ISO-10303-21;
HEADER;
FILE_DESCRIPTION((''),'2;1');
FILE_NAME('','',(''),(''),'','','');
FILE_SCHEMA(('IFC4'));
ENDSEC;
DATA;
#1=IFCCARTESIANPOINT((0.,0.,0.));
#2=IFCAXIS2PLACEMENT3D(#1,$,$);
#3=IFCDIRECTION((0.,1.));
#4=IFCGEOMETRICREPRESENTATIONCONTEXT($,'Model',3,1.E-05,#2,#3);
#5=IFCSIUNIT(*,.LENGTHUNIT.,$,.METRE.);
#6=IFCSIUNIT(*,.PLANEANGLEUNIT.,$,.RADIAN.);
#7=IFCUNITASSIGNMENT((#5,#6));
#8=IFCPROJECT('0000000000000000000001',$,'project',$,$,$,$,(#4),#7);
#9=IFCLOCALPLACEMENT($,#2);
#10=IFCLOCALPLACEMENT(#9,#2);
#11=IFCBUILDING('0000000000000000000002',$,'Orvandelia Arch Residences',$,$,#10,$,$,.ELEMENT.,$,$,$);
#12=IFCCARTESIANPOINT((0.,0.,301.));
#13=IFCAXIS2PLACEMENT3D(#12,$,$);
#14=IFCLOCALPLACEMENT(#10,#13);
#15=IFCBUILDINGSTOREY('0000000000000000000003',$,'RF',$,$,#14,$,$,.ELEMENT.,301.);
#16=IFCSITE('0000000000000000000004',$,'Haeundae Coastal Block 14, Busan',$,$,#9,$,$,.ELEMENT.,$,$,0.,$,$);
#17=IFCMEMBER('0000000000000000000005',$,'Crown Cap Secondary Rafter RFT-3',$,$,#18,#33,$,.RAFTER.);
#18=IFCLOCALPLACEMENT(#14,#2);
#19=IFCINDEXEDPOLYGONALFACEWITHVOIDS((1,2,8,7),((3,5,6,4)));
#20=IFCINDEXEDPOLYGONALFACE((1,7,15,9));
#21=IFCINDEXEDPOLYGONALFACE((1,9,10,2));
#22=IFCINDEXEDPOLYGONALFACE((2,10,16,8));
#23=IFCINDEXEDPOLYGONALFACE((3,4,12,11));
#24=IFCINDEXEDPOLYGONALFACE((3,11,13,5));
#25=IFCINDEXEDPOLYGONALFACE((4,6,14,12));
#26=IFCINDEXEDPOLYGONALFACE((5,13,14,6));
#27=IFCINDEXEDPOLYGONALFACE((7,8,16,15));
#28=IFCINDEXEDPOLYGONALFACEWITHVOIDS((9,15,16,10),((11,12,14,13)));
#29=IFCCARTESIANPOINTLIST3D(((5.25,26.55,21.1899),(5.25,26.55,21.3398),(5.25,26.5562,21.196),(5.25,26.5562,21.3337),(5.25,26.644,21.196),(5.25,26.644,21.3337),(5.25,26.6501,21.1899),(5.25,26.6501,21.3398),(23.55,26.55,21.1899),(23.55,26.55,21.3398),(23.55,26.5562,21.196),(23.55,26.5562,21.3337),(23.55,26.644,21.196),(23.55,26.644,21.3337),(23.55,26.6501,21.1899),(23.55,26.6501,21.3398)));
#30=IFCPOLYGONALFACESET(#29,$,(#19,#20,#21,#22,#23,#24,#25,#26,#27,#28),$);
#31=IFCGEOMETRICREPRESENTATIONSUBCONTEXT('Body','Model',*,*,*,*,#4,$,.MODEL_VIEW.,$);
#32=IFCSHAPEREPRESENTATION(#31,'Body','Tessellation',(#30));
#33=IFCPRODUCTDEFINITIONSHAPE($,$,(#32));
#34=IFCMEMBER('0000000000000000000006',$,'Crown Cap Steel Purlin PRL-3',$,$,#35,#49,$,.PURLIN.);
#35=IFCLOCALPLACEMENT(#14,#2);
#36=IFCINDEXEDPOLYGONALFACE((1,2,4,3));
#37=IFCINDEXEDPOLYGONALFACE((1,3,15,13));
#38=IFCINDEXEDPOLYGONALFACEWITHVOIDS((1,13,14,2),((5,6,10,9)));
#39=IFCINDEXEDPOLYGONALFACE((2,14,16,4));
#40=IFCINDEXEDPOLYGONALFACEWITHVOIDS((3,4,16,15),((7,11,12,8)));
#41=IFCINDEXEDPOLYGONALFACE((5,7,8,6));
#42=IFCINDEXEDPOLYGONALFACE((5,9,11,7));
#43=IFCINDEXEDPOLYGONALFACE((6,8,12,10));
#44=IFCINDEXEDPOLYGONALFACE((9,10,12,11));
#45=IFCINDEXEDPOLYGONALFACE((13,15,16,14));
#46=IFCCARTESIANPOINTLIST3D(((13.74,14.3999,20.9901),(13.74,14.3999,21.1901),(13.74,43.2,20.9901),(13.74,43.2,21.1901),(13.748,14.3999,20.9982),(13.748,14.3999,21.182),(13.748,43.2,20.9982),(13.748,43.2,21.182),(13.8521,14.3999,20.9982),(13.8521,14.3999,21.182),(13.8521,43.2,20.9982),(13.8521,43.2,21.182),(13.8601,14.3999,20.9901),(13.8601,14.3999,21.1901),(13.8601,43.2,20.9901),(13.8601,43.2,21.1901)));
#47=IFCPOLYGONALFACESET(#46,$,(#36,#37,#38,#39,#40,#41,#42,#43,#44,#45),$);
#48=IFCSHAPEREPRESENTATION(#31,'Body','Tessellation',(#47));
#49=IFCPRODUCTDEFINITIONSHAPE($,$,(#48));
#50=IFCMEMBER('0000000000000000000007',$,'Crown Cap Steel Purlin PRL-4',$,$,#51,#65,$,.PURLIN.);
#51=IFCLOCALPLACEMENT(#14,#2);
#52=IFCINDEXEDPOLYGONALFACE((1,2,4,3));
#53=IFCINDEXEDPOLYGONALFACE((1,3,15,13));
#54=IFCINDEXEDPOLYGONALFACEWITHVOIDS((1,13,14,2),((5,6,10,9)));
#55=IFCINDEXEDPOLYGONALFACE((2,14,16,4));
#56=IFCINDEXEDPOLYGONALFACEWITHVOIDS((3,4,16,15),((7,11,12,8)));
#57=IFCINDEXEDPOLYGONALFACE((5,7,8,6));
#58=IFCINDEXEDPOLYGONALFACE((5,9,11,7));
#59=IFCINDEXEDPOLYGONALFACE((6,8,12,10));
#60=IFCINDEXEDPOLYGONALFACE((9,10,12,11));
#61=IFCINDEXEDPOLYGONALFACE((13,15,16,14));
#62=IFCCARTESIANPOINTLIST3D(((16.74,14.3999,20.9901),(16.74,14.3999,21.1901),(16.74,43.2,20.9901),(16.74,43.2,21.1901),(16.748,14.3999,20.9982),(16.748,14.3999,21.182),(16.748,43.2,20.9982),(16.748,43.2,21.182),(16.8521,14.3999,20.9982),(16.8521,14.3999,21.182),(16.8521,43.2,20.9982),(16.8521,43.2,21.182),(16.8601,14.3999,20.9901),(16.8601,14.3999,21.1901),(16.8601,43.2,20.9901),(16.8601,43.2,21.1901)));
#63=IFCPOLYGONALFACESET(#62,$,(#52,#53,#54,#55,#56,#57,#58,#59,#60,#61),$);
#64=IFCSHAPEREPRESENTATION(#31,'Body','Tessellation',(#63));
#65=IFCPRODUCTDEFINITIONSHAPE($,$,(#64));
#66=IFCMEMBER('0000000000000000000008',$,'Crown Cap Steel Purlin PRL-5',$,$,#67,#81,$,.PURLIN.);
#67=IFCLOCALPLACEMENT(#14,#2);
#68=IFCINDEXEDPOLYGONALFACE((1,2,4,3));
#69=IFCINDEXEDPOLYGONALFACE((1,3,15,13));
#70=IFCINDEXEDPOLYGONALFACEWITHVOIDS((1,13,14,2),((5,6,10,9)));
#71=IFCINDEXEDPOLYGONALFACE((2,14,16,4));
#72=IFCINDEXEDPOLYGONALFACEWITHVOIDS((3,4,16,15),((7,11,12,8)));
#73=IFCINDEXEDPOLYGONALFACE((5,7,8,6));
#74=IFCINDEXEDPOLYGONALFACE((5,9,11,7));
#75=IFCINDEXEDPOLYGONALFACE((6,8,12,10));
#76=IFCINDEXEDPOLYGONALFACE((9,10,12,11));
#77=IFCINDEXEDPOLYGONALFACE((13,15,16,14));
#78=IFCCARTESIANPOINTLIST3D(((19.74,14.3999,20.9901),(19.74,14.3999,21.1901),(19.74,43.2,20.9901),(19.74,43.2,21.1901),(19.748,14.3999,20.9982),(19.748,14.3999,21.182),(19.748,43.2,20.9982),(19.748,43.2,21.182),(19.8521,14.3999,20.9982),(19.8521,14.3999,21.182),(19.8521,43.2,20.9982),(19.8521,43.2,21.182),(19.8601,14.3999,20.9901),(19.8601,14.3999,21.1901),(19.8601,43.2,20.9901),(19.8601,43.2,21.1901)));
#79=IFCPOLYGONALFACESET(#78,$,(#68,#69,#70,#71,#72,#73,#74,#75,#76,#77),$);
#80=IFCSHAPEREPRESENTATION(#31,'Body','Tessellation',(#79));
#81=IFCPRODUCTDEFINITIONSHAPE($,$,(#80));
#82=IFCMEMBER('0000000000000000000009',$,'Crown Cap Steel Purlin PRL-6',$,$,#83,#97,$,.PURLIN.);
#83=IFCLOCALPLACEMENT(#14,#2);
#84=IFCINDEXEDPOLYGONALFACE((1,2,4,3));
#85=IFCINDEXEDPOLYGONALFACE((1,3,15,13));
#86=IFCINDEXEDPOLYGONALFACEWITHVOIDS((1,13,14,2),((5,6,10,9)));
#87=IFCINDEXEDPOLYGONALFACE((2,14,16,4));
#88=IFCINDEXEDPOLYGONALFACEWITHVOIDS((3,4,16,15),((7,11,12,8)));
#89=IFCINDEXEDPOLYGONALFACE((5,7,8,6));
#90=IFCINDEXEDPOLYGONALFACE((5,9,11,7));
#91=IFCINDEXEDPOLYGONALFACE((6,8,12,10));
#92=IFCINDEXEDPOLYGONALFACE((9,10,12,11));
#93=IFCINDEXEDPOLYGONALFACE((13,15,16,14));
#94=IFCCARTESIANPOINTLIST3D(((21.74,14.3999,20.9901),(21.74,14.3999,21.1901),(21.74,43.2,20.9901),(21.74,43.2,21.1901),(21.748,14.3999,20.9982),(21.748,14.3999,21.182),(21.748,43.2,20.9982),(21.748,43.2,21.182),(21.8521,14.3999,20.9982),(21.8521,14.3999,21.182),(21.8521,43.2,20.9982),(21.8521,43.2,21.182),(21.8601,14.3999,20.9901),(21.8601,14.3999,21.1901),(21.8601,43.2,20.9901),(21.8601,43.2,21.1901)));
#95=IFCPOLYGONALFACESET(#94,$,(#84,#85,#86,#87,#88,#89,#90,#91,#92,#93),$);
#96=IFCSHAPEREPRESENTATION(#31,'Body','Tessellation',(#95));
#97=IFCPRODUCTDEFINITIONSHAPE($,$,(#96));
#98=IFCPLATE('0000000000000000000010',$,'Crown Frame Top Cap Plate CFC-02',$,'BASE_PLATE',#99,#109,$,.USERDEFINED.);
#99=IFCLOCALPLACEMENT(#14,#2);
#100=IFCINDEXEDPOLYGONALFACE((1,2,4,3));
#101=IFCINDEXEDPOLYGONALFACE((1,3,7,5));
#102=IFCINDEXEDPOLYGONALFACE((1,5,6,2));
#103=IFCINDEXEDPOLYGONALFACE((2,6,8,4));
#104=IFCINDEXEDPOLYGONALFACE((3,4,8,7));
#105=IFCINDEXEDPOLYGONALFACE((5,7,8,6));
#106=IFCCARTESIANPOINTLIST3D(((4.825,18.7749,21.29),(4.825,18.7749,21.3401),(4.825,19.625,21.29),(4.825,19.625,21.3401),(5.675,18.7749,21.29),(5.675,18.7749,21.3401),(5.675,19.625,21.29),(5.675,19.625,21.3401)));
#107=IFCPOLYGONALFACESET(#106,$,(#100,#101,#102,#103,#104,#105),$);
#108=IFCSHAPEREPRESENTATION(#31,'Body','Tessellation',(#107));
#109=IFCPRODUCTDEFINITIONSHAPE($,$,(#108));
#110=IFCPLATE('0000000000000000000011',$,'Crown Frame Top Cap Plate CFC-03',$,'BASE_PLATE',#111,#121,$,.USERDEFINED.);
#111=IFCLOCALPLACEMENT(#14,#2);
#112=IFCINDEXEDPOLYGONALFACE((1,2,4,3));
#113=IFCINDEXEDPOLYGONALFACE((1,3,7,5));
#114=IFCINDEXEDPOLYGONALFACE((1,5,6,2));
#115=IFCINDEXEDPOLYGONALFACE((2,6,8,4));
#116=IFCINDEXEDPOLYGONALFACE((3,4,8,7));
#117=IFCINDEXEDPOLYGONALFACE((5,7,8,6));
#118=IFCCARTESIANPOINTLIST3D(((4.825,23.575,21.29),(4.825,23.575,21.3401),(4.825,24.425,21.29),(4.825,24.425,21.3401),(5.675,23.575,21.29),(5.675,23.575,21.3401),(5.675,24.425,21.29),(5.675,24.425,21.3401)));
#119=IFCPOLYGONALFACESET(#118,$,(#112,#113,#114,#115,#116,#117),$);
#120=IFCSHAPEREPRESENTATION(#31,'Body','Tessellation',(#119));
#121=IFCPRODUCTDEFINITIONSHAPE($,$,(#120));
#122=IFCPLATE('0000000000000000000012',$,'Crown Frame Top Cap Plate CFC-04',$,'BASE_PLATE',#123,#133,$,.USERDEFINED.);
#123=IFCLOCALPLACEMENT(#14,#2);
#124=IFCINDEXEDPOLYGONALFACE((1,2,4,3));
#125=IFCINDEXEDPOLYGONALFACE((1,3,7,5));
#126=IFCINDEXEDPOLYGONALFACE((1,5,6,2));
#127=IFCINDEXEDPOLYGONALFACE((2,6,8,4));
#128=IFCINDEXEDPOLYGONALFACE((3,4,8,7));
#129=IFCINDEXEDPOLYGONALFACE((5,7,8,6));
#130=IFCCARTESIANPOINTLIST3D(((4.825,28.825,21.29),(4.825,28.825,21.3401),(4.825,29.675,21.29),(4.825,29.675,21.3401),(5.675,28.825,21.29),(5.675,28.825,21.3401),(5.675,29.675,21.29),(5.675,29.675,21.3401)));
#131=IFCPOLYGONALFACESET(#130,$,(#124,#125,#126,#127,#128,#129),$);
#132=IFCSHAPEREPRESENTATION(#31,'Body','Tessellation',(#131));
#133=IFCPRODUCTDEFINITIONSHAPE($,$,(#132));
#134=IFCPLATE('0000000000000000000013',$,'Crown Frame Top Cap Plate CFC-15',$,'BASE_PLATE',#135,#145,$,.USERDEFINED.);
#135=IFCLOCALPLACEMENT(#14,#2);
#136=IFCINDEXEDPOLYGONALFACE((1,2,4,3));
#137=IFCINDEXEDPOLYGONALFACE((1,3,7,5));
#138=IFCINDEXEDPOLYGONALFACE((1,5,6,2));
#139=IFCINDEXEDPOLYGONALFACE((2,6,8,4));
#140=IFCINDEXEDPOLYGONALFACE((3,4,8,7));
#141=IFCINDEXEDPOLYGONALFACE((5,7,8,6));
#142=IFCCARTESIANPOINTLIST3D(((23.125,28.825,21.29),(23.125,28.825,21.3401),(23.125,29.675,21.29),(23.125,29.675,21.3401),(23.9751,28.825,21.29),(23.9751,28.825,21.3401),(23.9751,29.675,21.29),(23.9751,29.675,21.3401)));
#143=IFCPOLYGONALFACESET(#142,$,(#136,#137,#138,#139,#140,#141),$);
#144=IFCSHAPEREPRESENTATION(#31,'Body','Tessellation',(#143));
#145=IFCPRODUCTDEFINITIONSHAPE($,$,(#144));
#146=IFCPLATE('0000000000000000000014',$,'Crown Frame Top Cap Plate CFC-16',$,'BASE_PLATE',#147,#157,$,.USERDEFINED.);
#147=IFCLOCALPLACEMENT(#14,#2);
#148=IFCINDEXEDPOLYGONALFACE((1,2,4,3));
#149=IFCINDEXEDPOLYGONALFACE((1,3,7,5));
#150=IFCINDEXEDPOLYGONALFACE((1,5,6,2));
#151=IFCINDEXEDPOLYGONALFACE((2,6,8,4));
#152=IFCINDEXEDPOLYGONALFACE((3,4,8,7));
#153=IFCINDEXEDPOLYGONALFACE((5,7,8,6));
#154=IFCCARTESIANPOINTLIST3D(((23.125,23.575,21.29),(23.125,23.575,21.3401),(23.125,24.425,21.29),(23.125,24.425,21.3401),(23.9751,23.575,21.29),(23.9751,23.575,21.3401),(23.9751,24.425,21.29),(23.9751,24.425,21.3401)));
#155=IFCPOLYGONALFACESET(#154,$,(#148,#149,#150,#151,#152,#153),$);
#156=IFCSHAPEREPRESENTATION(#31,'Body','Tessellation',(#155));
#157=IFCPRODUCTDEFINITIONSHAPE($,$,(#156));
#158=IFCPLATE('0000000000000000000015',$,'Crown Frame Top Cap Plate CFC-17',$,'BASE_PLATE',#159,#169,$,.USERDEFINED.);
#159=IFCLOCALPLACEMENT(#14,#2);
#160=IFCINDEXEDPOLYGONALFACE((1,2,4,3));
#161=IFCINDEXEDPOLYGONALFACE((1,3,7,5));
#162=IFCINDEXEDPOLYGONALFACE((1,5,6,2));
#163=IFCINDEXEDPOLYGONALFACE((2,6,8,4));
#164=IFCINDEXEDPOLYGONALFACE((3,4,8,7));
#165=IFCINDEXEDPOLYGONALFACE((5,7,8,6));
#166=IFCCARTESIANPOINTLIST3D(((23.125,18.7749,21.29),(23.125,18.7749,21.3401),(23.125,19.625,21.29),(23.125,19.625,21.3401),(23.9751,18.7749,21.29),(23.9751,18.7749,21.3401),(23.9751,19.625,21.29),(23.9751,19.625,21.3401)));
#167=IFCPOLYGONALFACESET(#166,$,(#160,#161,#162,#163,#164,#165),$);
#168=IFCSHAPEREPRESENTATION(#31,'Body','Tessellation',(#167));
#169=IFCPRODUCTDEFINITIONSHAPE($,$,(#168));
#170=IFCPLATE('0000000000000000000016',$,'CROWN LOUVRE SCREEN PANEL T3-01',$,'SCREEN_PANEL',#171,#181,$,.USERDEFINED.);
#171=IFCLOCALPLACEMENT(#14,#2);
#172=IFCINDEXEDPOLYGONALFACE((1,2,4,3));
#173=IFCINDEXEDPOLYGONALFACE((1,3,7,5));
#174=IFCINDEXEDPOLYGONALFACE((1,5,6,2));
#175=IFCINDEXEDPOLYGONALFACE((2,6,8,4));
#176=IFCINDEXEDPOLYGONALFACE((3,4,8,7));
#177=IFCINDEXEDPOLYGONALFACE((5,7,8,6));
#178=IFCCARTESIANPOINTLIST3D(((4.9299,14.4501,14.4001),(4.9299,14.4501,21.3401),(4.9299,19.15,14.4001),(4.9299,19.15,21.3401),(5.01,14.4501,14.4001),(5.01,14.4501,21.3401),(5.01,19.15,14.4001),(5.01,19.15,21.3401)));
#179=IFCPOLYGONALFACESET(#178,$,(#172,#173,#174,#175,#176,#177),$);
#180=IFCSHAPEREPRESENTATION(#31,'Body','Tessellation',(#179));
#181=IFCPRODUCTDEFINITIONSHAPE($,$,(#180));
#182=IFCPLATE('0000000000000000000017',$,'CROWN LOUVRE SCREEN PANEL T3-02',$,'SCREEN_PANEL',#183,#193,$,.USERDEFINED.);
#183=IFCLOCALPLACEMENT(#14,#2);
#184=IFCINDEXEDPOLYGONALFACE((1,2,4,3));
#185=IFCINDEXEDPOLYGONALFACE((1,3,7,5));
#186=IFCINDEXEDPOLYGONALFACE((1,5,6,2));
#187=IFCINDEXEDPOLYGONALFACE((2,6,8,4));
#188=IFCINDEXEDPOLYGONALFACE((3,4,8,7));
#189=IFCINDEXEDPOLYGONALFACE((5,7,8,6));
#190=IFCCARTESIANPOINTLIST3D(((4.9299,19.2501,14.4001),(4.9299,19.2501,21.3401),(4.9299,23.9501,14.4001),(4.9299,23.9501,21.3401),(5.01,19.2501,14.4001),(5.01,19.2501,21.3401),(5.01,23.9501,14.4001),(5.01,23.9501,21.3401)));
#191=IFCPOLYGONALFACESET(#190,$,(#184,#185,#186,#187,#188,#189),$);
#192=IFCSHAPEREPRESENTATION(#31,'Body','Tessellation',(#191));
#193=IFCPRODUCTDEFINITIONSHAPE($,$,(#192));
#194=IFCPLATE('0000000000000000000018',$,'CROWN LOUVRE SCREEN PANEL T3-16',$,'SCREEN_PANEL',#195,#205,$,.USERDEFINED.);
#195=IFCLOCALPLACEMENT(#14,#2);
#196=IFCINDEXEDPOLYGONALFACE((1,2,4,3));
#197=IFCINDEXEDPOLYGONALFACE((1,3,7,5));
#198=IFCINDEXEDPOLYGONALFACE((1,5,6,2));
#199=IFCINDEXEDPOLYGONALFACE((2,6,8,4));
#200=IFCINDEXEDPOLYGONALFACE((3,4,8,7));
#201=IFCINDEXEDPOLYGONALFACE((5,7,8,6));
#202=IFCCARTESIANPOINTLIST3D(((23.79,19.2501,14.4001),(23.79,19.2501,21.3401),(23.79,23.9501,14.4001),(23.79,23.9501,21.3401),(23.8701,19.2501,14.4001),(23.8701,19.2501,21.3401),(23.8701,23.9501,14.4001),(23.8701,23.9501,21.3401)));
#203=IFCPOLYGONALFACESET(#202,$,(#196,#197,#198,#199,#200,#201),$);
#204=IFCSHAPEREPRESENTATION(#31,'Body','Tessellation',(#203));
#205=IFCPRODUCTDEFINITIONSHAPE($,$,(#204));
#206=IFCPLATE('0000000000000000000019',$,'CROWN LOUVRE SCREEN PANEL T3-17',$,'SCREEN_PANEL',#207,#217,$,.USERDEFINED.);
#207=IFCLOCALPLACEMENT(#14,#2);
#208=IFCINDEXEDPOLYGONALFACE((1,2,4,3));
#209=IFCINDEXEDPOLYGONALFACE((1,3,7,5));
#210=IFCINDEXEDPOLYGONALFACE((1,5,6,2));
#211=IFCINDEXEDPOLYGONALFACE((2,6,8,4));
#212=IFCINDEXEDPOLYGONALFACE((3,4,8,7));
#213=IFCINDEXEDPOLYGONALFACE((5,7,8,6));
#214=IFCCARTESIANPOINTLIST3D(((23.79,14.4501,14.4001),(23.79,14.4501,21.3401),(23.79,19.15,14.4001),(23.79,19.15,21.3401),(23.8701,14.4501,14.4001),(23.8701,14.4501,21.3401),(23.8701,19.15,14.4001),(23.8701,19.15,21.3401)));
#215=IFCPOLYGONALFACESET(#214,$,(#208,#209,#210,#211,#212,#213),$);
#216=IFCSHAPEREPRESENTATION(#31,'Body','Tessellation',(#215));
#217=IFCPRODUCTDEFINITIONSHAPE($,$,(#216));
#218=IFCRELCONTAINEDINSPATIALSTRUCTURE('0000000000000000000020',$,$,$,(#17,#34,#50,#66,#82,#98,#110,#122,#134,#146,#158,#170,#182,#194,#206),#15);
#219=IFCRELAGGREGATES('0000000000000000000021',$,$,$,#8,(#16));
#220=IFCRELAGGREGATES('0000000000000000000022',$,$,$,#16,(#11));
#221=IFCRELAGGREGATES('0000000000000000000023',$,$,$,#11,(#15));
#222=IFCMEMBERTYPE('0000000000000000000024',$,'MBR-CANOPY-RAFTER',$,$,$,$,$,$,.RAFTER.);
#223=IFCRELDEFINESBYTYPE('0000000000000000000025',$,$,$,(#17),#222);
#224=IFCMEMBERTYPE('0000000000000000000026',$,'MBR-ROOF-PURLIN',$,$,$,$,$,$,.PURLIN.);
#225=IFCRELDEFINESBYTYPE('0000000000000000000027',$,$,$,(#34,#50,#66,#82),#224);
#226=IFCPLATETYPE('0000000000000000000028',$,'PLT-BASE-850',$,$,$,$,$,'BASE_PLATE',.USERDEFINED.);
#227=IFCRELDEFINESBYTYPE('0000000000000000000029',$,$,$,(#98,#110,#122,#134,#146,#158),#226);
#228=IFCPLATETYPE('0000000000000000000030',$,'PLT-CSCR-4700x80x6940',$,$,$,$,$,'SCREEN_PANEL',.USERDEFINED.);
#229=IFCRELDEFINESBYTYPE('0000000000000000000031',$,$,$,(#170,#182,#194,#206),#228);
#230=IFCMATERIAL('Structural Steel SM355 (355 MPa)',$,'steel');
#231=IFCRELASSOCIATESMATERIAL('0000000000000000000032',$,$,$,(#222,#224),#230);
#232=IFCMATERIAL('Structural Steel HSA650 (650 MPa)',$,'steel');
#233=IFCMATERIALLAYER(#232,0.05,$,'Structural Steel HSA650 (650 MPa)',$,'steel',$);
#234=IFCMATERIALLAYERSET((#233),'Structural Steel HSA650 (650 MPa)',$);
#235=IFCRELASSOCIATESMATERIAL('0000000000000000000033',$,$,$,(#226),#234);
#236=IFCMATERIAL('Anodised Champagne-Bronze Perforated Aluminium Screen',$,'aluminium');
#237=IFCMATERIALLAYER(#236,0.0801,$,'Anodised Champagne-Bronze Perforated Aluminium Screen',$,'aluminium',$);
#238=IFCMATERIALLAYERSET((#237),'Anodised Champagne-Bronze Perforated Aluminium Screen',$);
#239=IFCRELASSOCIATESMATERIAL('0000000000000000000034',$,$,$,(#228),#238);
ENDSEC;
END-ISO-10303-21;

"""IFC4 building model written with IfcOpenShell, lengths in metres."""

from ifc_helpers import new_model, si_unit, direction, frame, origin, origin_2d, place, context, subcontext, project, spatial, rectangle, hollow_rectangle, extrude, material, layer, layer_set, material_profile, profile_set, type_object, element, save


model = new_model("IFC4")

# Units and contexts
model_context = context("Model", 3, precision=1e-05, world=origin(), true_north=direction((0.0, 1.0)))
body_context = subcontext(model_context, "Body", "Model", "MODEL_VIEW")
ifc_project = project(units=[si_unit("LENGTHUNIT", "METRE"), si_unit("PLANEANGLEUNIT", "RADIAN")], contexts=[model_context])

# Site, building, storey
site_placement = place(None, origin())
site = spatial("IfcSite", under=ifc_project, at=site_placement, Name="Haeundae Coastal Block 14, Busan", CompositionType="ELEMENT", RefElevation=0.0)
building_placement = place(site_placement, origin())
building = spatial("IfcBuilding", under=site, at=building_placement, Name="Orvandelia Arch Residences", CompositionType="ELEMENT")
storey_placement = place(building_placement, frame((0.0, 0.0, 301.0)))
storey = spatial("IfcBuildingStorey", under=building, at=storey_placement, Name="RF", CompositionType="ELEMENT", Elevation=301.0)

# Shared definitions
ifc_material_1 = material(Name="Structural Steel HSA650 (650 MPa)", Category="steel")

# Members
ifc_material_2 = material(Name="Structural Steel SM355 (355 MPa)", Category="steel")
ifc_material_profile_1 = material_profile(ifc_material_2, hollow_rectangle(XDim=0.1001, YDim=0.1499, WallThickness=0.0061, at=origin_2d()), Name="Structural Steel SM355 (355 MPa)", Category="steel")
ifc_profile_set_1 = profile_set([ifc_material_profile_1], Name="Structural Steel SM355 (355 MPa)")
member_type_1 = type_object("IfcMemberType", Name="MBR-CANOPY-RAFTER", PredefinedType="RAFTER", material=ifc_profile_set_1)
for number, where, z_axis, x_axis, name in (
    (1, (5.25, 26.6001, 21.2649), (1.0, 0.0, 0.0), (0.0, 1.0, 0.0), "Crown Cap Secondary Rafter RFT-3"),
):
    element("IfcMember", number, at=place(storey_placement, frame(where, z_axis=z_axis, x_axis=x_axis)), inside=storey, type_object=member_type_1, Name=name, PredefinedType="RAFTER", context=body_context, shape_type="SweptSolid", body=[
        extrude(hollow_rectangle(XDim=0.1001, YDim=0.1499, WallThickness=0.0061, at=origin_2d()), origin(), (0.0, 0.0, 1.0), 18.3),
    ])
ifc_material_profile_2 = material_profile(ifc_material_2, hollow_rectangle(XDim=0.1201, YDim=0.2, WallThickness=0.0081, at=origin_2d()), Name="Structural Steel SM355 (355 MPa)", Category="steel")
ifc_profile_set_2 = profile_set([ifc_material_profile_2], Name="Structural Steel SM355 (355 MPa)")
member_type_2 = type_object("IfcMemberType", Name="MBR-ROOF-PURLIN", PredefinedType="PURLIN", material=ifc_profile_set_2)
for number, where, z_axis, x_axis, name in (
    (2, (13.8, 14.3999, 21.0901), (0.0, 1.0, 0.0), (-1.0, 0.0, 0.0), "Crown Cap Steel Purlin PRL-3"),
    (3, (16.8, 14.3999, 21.0901), (0.0, 1.0, 0.0), (-1.0, 0.0, 0.0), "Crown Cap Steel Purlin PRL-4"),
    (4, (19.8, 14.3999, 21.0901), (0.0, 1.0, 0.0), (-1.0, 0.0, 0.0), "Crown Cap Steel Purlin PRL-5"),
    (5, (21.8, 14.3999, 21.0901), (0.0, 1.0, 0.0), (-1.0, 0.0, 0.0), "Crown Cap Steel Purlin PRL-6"),
):
    element("IfcMember", number, at=place(storey_placement, frame(where, z_axis=z_axis, x_axis=x_axis)), inside=storey, type_object=member_type_2, Name=name, PredefinedType="PURLIN", context=body_context, shape_type="SweptSolid", body=[
        extrude(hollow_rectangle(XDim=0.1201, YDim=0.2, WallThickness=0.0081, at=origin_2d()), origin(), (0.0, 0.0, 1.0), 28.8),
    ])

# Plates
ifc_layer_1 = layer(ifc_material_1, 0.05, Name="Structural Steel HSA650 (650 MPa)", Category="steel")
ifc_layer_set_1 = layer_set([ifc_layer_1], Name="Structural Steel HSA650 (650 MPa)")
plate_type_1 = type_object("IfcPlateType", Name="PLT-BASE-850", ElementType="BASE_PLATE", PredefinedType="USERDEFINED", material=ifc_layer_set_1)
for number, where, z_axis, x_axis, name in (
    (6, (5.25, 19.2, 21.29), (0.0, 0.0, 1.0), (1.0, 0.0, 0.0), "Crown Frame Top Cap Plate CFC-02"),
    (7, (5.25, 24.0, 21.29), (0.0, 0.0, 1.0), (1.0, 0.0, 0.0), "Crown Frame Top Cap Plate CFC-03"),
    (8, (5.25, 29.25, 21.29), (0.0, 0.0, 1.0), (1.0, 0.0, 0.0), "Crown Frame Top Cap Plate CFC-04"),
    (9, (23.55, 29.25, 21.29), (0.0, 0.0, 1.0), (1.0, 0.0, 0.0), "Crown Frame Top Cap Plate CFC-15"),
    (10, (23.55, 24.0, 21.29), (0.0, 0.0, 1.0), (1.0, 0.0, 0.0), "Crown Frame Top Cap Plate CFC-16"),
    (11, (23.55, 19.2, 21.29), (0.0, 0.0, 1.0), (1.0, 0.0, 0.0), "Crown Frame Top Cap Plate CFC-17"),
):
    element("IfcPlate", number, at=place(storey_placement, frame(where, z_axis=z_axis, x_axis=x_axis)), inside=storey, type_object=plate_type_1, Name=name, ObjectType="BASE_PLATE", PredefinedType="USERDEFINED", context=body_context, shape_type="SweptSolid", body=[
        extrude(rectangle(XDim=0.8501, YDim=0.8501, at=origin_2d()), origin(), (0.0, 0.0, 1.0), 0.05),
    ])
ifc_material_3 = material(Name="Anodised Champagne-Bronze Perforated Aluminium Screen", Category="aluminium")
ifc_layer_2 = layer(ifc_material_3, 0.0801, Name="Anodised Champagne-Bronze Perforated Aluminium Screen", Category="aluminium")
ifc_layer_set_2 = layer_set([ifc_layer_2], Name="Anodised Champagne-Bronze Perforated Aluminium Screen")
plate_type_2 = type_object("IfcPlateType", Name="PLT-CSCR-4700x80x6940", ElementType="SCREEN_PANEL", PredefinedType="USERDEFINED", material=ifc_layer_set_2)
for number, where, z_axis, x_axis, name in (
    (12, (4.97, 16.8, 14.4001), (0.0, 0.0, 1.0), (0.0, 1.0, 0.0), "CROWN LOUVRE SCREEN PANEL T3-01"),
    (13, (4.97, 21.6001, 14.4001), (0.0, 0.0, 1.0), (0.0, 1.0, 0.0), "CROWN LOUVRE SCREEN PANEL T3-02"),
    (14, (23.8301, 21.6001, 14.4001), (0.0, 0.0, 1.0), (0.0, -1.0, 0.0), "CROWN LOUVRE SCREEN PANEL T3-16"),
    (15, (23.8301, 16.8, 14.4001), (0.0, 0.0, 1.0), (0.0, -1.0, 0.0), "CROWN LOUVRE SCREEN PANEL T3-17"),
):
    element("IfcPlate", number, at=place(storey_placement, frame(where, z_axis=z_axis, x_axis=x_axis)), inside=storey, type_object=plate_type_2, Name=name, ObjectType="SCREEN_PANEL", PredefinedType="USERDEFINED", context=body_context, shape_type="SweptSolid", body=[
        extrude(rectangle(XDim=4.7, YDim=0.0801, at=origin_2d()), origin(), (0.0, 0.0, 1.0), 6.9399),
    ])

save(model, "model.ifc")
